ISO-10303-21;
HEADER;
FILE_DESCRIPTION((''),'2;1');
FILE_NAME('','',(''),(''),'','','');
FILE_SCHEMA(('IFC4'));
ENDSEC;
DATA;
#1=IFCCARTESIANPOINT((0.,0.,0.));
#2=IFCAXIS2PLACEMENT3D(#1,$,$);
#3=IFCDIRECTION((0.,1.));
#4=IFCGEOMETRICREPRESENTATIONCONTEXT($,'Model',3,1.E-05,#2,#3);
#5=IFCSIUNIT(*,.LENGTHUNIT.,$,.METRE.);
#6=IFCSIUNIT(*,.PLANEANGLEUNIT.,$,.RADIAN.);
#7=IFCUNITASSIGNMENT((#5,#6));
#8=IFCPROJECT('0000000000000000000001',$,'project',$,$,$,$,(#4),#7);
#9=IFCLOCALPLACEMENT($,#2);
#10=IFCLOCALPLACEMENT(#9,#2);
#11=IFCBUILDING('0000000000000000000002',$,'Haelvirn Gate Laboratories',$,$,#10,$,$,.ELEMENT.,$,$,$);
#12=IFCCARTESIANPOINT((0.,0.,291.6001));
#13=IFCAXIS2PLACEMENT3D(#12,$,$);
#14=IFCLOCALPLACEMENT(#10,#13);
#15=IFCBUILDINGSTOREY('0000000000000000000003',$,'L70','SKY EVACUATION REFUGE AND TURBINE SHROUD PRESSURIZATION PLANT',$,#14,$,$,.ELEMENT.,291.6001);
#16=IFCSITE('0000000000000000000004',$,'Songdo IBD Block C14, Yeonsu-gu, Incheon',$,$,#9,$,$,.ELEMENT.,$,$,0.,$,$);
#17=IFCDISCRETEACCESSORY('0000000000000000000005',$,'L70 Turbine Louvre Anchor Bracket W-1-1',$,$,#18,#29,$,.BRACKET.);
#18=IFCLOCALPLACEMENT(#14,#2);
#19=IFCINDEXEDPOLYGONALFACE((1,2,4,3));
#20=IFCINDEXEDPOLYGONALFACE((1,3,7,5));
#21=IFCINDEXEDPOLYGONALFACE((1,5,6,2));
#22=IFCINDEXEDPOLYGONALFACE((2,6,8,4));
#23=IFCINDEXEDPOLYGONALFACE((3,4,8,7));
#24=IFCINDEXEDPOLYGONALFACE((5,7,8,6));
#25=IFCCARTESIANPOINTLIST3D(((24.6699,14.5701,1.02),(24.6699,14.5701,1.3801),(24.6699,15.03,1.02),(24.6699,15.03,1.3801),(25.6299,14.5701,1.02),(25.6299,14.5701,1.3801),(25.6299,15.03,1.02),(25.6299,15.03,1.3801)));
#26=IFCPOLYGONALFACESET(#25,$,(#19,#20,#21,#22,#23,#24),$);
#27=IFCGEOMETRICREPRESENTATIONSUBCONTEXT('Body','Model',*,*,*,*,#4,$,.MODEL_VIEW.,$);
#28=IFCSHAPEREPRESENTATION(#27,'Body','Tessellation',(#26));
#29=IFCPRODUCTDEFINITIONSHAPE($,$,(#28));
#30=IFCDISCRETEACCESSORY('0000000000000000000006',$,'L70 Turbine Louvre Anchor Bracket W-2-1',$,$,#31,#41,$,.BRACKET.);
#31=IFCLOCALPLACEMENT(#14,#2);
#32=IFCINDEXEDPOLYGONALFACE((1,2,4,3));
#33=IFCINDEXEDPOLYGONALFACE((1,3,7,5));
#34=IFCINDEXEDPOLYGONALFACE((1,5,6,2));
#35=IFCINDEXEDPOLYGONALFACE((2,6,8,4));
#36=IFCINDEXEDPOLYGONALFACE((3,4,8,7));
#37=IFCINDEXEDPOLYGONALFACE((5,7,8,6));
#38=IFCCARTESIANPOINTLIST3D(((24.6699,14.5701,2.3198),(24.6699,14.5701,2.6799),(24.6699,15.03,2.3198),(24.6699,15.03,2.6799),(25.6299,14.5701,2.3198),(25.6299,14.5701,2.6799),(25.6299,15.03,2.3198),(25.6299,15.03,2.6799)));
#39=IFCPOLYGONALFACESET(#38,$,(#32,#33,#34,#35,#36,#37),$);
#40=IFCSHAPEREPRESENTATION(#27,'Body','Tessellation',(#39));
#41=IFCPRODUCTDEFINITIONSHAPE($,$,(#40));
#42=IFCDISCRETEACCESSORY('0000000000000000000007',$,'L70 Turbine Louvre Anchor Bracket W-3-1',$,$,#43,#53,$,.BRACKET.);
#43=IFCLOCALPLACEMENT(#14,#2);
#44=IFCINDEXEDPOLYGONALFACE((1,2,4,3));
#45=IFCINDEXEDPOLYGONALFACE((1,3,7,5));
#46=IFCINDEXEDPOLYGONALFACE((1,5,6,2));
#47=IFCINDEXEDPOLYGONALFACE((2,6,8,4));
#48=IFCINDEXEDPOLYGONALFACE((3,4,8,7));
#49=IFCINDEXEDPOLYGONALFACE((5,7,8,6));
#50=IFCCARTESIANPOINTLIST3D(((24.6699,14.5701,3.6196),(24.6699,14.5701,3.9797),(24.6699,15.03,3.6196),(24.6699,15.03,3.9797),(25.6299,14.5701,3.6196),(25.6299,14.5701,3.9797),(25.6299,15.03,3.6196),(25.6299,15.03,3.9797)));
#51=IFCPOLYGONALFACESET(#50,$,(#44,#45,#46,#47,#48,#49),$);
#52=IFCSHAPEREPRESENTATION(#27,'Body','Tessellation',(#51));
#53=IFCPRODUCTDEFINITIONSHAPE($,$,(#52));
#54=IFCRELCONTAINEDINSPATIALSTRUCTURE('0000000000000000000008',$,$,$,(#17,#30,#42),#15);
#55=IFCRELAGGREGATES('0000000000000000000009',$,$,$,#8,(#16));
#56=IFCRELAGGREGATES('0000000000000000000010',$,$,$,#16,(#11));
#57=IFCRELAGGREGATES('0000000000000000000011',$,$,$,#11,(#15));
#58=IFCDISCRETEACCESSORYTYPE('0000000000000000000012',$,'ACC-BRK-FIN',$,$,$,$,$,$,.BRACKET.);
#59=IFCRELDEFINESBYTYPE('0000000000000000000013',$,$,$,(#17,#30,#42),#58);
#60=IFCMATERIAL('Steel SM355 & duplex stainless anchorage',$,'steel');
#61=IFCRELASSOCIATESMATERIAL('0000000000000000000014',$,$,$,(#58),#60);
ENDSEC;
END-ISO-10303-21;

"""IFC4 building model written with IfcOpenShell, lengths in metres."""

from ifc_helpers import new_model, si_unit, direction, frame, origin, origin_2d, place, context, subcontext, project, spatial, rectangle, extrude, source, transform, mapped, material, type_object, type_shapes, element, save


model = new_model("IFC4")

# Units and contexts
model_context = context("Model", 3, precision=1e-05, world=origin(), true_north=direction((0.0, 1.0)))
body_context = subcontext(model_context, "Body", "Model", "MODEL_VIEW")
ifc_project = project(units=[si_unit("LENGTHUNIT", "METRE"), si_unit("PLANEANGLEUNIT", "RADIAN")], contexts=[model_context])

# Site, building, storey
site_placement = place(None, origin())
site = spatial("IfcSite", under=ifc_project, at=site_placement, Name="Songdo IBD Block C14, Yeonsu-gu, Incheon", CompositionType="ELEMENT", RefElevation=0.0)
building_placement = place(site_placement, origin())
building = spatial("IfcBuilding", under=site, at=building_placement, Name="Haelvirn Gate Laboratories", CompositionType="ELEMENT")
storey_placement = place(building_placement, frame((0.0, 0.0, 291.6001)))
storey = spatial("IfcBuildingStorey", under=building, at=storey_placement, Name="L70", Description="SKY EVACUATION REFUGE AND TURBINE SHROUD PRESSURIZATION PLANT", CompositionType="ELEMENT", Elevation=291.6001)

# Discrete accessories
ifc_material_1 = material(Name="Steel SM355 & duplex stainless anchorage", Category="steel")
discrete_accessory_type = type_object("IfcDiscreteAccessoryType", Name="ACC-BRK-FIN", PredefinedType="BRACKET", material=ifc_material_1)
shared_shape_1 = source(origin(), body_context, "Body", "SweptSolid", [
    extrude(rectangle(XDim=0.96, YDim=0.46, at=origin_2d()), origin(), (0.0, 0.0, 1.0), 0.3601),
])
type_shapes(discrete_accessory_type, [shared_shape_1])
for number, where, z_axis, x_axis, name in (
    (1, (25.1499, 14.8, 1.02), (0.0, 0.0, 1.0), (1.0, 0.0, 0.0), "L70 Turbine Louvre Anchor Bracket W-1-1"),
    (2, (25.1499, 14.8, 2.3198), (0.0, 0.0, 1.0), (1.0, 0.0, 0.0), "L70 Turbine Louvre Anchor Bracket W-2-1"),
    (3, (25.1499, 14.8, 3.6196), (0.0, 0.0, 1.0), (1.0, 0.0, 0.0), "L70 Turbine Louvre Anchor Bracket W-3-1"),
):
    element("IfcDiscreteAccessory", number, at=place(storey_placement, frame(where, z_axis=z_axis, x_axis=x_axis)), inside=storey, type_object=discrete_accessory_type, Name=name, PredefinedType="BRACKET", context=body_context, shape_type="MappedRepresentation", body=[
        mapped(shared_shape_1, transform((0.0, 0.0, 0.0), scale=1.0)),
    ])

save(model, "model.ifc")
